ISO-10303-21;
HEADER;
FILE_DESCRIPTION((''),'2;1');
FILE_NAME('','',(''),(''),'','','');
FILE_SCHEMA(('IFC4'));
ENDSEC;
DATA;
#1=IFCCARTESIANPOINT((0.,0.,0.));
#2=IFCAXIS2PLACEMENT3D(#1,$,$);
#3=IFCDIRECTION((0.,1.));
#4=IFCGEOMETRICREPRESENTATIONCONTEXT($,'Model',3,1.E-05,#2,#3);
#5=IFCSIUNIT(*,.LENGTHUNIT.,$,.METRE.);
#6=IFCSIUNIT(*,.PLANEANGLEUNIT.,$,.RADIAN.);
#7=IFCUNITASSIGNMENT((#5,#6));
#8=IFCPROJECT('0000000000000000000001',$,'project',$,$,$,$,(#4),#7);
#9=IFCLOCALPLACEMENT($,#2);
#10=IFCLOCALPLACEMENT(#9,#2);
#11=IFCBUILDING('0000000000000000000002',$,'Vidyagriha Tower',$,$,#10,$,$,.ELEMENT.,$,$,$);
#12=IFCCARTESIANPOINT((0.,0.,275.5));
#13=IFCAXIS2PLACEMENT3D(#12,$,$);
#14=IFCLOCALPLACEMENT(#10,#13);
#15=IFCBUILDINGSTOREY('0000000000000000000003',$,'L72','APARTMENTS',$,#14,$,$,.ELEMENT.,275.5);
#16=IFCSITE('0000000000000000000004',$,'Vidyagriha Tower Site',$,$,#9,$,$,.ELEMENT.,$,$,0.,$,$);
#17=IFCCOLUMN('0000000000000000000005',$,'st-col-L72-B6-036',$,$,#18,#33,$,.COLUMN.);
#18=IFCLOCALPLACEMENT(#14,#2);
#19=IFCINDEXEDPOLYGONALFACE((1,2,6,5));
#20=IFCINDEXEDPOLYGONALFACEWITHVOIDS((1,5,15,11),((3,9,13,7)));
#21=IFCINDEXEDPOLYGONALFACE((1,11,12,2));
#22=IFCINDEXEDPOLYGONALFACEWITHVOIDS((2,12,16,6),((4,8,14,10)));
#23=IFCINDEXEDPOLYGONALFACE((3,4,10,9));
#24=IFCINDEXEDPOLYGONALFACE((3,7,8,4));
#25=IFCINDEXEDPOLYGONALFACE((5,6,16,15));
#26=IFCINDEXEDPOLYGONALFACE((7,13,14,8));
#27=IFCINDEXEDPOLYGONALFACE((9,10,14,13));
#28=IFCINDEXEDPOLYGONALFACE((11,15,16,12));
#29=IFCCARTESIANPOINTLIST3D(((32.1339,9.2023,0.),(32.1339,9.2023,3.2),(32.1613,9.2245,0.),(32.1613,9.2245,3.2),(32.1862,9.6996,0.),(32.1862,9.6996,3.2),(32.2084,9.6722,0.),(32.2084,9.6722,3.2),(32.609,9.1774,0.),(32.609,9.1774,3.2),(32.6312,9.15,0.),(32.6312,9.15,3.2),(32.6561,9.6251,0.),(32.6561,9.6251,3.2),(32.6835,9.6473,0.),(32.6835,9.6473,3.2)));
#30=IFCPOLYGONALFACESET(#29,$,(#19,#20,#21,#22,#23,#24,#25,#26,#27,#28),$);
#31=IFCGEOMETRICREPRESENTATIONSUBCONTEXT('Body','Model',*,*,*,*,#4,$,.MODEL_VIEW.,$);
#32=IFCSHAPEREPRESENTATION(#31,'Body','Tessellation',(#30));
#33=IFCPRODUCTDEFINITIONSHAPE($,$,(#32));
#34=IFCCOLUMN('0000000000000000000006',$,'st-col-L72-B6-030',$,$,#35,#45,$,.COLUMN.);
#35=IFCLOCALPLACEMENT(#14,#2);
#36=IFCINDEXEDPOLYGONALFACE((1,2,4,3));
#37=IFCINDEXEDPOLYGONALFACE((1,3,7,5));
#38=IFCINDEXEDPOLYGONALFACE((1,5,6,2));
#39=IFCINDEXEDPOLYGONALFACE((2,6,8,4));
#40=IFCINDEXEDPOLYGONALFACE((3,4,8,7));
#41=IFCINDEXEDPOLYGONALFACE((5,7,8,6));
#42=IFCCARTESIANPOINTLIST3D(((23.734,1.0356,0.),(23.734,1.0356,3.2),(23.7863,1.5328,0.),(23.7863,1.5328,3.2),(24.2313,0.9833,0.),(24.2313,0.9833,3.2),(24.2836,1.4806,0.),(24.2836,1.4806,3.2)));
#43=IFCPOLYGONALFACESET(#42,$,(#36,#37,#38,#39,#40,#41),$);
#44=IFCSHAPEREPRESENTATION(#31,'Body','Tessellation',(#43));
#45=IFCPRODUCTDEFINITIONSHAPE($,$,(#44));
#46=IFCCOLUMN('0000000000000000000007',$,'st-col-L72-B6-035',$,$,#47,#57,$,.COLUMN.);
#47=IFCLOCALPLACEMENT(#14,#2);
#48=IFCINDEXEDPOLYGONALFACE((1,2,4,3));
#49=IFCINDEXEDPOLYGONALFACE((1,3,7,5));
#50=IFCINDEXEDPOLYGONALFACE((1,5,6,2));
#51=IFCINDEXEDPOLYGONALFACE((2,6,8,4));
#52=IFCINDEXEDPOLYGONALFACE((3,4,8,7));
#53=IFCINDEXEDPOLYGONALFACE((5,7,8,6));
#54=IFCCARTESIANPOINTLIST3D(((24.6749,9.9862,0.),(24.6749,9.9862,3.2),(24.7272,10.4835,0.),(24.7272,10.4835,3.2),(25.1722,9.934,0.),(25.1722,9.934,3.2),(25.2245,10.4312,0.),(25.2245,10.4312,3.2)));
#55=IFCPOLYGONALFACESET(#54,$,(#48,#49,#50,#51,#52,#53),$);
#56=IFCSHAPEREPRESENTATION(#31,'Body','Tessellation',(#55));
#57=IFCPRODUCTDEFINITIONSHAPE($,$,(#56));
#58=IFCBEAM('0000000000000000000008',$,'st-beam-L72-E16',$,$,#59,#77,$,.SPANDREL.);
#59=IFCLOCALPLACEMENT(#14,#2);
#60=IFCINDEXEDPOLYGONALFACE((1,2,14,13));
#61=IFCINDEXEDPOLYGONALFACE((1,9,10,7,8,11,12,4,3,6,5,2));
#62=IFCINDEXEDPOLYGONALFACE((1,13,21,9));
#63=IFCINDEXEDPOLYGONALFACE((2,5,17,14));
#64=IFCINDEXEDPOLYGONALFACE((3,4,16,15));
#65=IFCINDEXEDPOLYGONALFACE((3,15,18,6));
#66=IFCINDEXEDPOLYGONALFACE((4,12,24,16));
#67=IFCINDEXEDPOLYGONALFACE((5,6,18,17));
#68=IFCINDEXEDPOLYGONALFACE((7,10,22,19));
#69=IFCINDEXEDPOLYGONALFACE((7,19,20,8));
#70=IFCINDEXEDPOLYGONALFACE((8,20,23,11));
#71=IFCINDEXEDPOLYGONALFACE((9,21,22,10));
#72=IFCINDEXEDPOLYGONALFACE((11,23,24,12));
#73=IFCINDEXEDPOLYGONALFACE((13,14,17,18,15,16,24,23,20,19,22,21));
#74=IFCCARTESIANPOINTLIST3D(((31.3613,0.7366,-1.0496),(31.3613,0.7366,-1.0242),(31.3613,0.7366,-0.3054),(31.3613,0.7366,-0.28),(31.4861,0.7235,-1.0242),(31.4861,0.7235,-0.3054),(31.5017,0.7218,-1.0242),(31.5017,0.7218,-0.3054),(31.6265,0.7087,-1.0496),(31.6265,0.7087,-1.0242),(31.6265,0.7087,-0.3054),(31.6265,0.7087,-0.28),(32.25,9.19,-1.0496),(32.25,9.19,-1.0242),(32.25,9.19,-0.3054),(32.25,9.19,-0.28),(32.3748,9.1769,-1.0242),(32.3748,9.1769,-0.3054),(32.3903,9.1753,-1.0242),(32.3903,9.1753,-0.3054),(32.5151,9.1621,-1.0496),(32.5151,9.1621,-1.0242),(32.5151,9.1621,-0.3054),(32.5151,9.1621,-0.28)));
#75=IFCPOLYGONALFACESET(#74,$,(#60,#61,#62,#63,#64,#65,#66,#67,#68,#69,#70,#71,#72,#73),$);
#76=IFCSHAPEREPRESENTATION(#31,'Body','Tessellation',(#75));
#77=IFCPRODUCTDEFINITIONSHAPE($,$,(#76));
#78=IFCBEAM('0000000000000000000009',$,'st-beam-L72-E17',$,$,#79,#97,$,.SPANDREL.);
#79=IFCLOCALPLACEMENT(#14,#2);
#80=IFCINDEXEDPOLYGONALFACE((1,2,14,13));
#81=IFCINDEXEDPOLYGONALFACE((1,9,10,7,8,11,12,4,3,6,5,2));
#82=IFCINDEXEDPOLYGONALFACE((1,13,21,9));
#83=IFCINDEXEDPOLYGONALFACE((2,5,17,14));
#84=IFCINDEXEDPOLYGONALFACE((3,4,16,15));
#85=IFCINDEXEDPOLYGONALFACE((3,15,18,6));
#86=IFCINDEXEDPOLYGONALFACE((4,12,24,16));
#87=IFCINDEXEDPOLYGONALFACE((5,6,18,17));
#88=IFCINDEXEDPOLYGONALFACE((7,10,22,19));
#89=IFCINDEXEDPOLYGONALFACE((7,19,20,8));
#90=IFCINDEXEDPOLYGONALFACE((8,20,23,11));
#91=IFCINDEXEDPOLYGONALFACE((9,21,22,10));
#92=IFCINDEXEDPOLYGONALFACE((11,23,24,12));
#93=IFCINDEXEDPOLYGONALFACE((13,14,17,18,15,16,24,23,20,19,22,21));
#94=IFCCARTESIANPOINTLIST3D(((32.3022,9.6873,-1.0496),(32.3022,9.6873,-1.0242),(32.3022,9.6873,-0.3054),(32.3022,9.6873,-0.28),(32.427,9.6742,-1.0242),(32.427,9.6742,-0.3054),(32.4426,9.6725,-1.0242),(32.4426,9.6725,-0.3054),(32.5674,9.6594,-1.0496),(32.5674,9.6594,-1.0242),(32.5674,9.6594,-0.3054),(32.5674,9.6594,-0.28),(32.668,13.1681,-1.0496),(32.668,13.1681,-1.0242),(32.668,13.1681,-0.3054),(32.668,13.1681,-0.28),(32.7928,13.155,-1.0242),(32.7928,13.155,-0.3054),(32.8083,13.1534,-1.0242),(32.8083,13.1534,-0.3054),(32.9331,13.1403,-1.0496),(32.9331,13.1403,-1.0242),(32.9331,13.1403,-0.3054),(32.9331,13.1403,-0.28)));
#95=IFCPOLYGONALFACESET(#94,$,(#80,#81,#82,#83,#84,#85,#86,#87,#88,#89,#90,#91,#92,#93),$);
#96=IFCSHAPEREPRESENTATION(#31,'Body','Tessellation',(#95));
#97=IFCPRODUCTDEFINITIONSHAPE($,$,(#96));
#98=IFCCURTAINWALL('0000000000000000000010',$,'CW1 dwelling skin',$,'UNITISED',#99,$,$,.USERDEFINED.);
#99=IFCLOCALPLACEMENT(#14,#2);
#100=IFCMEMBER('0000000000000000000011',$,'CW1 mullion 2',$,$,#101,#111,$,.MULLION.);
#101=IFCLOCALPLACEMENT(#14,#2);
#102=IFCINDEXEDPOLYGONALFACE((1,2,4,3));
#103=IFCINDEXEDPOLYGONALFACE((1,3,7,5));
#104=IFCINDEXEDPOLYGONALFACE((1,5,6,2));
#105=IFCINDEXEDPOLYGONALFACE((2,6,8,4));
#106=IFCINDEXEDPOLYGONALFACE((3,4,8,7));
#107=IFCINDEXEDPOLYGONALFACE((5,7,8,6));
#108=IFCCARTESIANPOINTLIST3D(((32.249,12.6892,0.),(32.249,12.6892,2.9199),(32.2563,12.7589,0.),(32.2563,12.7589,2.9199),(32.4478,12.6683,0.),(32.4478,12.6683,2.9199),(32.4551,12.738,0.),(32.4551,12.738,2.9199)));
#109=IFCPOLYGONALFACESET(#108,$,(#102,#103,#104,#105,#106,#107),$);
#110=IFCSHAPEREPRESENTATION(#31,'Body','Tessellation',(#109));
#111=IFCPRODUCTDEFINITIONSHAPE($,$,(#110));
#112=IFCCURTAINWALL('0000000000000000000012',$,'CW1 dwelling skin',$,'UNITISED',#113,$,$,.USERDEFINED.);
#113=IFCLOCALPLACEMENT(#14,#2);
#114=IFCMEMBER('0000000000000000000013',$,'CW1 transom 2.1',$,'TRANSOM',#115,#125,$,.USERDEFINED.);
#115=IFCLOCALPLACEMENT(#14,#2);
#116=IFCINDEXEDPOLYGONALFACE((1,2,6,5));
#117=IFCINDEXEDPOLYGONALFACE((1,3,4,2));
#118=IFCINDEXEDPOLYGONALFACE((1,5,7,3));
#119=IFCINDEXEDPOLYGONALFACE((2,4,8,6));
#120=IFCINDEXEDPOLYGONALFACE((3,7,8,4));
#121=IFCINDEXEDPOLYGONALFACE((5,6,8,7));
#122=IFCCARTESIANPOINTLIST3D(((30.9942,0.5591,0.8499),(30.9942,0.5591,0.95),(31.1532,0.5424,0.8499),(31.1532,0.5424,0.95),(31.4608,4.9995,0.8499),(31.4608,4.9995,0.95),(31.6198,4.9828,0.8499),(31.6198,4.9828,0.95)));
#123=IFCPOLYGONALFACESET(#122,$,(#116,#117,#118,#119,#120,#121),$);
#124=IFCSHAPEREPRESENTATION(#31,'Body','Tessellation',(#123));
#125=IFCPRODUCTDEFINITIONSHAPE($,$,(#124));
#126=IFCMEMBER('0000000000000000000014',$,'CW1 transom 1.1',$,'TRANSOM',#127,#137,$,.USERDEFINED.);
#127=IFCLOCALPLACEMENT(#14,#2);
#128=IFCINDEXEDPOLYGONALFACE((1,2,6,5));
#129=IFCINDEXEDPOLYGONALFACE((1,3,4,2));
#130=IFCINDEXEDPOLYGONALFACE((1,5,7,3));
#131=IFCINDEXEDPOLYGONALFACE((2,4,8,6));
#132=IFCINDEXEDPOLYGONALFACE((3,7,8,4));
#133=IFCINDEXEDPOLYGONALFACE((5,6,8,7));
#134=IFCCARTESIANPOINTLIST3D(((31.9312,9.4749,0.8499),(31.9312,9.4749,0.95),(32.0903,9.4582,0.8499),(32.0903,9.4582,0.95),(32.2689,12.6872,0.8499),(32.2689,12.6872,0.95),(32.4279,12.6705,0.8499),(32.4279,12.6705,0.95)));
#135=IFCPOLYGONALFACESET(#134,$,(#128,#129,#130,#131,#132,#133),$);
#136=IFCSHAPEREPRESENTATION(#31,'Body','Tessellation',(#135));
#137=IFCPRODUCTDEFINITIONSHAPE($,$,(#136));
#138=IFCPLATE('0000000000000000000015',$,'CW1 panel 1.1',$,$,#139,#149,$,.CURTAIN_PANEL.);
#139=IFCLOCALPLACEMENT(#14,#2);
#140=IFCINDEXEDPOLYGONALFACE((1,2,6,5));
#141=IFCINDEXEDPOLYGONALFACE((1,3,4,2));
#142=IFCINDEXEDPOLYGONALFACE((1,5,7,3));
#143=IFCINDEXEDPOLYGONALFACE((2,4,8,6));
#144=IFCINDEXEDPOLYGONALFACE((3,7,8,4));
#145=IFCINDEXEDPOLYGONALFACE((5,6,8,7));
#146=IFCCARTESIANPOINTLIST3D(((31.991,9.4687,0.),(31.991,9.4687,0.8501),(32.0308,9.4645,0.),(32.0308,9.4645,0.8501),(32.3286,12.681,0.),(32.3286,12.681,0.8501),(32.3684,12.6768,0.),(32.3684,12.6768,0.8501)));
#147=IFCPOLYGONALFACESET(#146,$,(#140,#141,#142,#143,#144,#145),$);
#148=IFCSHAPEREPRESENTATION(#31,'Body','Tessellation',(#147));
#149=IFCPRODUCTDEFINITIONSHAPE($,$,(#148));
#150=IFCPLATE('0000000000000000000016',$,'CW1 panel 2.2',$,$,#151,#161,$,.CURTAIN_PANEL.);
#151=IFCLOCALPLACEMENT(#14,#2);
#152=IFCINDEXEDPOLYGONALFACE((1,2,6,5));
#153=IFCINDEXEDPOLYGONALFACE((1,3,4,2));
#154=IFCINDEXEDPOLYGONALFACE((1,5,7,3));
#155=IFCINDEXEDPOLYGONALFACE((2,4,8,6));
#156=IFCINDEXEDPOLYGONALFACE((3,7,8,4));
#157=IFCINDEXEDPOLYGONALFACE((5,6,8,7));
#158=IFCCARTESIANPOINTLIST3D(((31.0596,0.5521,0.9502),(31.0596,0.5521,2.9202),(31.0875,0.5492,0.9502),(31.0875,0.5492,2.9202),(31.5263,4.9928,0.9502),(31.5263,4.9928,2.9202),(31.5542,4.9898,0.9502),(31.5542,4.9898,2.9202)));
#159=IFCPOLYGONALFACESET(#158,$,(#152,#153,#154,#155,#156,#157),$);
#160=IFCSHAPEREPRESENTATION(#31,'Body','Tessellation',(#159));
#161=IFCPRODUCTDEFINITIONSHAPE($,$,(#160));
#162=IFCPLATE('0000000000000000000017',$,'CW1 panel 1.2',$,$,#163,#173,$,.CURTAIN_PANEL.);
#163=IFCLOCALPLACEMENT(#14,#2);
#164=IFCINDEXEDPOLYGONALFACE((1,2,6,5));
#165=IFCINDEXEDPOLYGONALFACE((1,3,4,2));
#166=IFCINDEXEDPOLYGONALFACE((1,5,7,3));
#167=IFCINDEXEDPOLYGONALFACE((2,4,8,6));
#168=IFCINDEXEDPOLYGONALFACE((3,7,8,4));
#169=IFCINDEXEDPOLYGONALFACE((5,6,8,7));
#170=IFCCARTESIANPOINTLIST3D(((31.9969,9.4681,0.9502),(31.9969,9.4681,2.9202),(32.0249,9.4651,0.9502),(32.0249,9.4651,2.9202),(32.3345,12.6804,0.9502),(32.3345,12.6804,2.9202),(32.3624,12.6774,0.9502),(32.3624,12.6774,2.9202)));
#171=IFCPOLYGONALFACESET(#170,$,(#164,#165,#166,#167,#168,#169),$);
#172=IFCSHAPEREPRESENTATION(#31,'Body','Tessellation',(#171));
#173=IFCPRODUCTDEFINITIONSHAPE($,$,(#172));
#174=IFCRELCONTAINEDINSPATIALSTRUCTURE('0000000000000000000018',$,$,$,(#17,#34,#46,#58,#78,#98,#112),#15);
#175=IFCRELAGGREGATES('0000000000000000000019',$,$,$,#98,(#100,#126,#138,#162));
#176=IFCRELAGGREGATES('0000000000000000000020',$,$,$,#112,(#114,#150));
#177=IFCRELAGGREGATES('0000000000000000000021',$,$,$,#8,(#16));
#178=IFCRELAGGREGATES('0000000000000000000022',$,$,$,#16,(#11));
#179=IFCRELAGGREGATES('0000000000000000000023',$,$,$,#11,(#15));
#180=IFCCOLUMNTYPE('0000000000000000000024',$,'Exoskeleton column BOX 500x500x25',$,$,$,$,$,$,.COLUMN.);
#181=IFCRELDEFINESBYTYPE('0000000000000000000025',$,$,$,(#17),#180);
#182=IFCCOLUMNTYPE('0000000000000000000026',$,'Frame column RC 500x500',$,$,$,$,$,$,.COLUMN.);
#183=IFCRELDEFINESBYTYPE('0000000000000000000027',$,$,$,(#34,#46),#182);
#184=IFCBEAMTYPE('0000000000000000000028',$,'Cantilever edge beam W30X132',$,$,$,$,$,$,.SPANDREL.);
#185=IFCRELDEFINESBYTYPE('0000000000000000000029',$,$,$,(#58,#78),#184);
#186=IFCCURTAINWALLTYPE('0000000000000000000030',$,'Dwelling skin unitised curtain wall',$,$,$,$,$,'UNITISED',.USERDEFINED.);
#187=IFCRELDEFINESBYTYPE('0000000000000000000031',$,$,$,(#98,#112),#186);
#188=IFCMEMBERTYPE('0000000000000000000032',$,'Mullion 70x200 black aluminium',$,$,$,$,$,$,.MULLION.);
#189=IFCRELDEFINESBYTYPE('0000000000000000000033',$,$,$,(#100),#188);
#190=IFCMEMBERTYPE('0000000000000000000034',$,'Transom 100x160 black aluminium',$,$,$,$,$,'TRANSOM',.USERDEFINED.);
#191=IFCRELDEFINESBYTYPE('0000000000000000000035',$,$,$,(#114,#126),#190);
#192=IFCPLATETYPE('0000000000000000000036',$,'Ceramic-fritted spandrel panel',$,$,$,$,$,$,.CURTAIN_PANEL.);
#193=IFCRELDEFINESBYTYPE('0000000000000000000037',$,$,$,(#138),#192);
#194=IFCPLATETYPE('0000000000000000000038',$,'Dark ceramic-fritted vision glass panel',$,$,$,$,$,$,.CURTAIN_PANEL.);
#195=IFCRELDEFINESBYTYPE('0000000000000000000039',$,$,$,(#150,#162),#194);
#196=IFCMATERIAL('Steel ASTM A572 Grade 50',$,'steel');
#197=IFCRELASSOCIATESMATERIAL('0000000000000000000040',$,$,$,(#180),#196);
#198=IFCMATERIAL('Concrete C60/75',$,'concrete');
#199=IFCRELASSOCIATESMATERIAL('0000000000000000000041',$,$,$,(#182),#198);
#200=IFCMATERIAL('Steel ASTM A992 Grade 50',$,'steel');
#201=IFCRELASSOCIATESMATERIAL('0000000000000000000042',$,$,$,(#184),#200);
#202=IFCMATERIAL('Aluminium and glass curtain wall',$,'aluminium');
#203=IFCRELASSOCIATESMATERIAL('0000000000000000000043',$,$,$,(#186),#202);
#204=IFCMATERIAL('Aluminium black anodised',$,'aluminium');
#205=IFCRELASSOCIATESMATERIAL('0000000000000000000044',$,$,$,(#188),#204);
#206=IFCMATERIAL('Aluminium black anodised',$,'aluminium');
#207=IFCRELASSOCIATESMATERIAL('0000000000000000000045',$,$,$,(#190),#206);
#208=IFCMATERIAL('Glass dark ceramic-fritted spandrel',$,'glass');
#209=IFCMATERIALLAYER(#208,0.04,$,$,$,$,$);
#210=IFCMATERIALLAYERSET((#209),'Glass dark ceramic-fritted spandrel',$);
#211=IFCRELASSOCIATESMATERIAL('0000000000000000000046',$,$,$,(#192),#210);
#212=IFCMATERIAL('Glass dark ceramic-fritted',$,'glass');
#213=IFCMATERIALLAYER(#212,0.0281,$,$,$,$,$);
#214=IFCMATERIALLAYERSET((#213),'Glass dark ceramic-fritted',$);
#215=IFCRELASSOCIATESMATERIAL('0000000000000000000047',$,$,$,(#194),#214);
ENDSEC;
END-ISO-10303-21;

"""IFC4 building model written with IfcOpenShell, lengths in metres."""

from ifc_helpers import new_model, si_unit, direction, frame, origin, origin_2d, place, context, subcontext, project, spatial, rectangle, hollow_rectangle, i_section, extrude, material, layer, layer_set, material_profile, profile_set, type_object, element, aggregate, save


model = new_model("IFC4")

# Units and contexts
model_context = context("Model", 3, precision=1e-05, world=origin(), true_north=direction((0.0, 1.0)))
body_context = subcontext(model_context, "Body", "Model", "MODEL_VIEW")
ifc_project = project(units=[si_unit("LENGTHUNIT", "METRE"), si_unit("PLANEANGLEUNIT", "RADIAN")], contexts=[model_context])

# Site, building, storey
site_placement = place(None, origin())
site = spatial("IfcSite", under=ifc_project, at=site_placement, Name="Vidyagriha Tower Site", CompositionType="ELEMENT", RefElevation=0.0)
building_placement = place(site_placement, origin())
building = spatial("IfcBuilding", under=site, at=building_placement, Name="Vidyagriha Tower", CompositionType="ELEMENT")
storey_placement = place(building_placement, frame((0.0, 0.0, 275.5)))
storey = spatial("IfcBuildingStorey", under=building, at=storey_placement, Name="L72", Description="APARTMENTS", CompositionType="ELEMENT", Elevation=275.5)

# Columns
ifc_material_1 = material(Name="Steel ASTM A572 Grade 50", Category="steel")
ifc_material_profile_1 = material_profile(ifc_material_1, hollow_rectangle(XDim=0.5, YDim=0.5, WallThickness=0.0249, at=origin_2d()), Name="BOX 500x500x25")
ifc_profile_set_1 = profile_set([ifc_material_profile_1], Name="Steel ASTM A572 Grade 50")
column_type_1 = type_object("IfcColumnType", Name="Exoskeleton column BOX 500x500x25", PredefinedType="COLUMN", material=ifc_profile_set_1)
column_placement = place(storey_placement, frame((32.4087, 9.4248, 0.0), z_axis=(0.0, 0.0, 1.0), x_axis=(0.994522, -0.104528, 0.0)))
element("IfcColumn", 1, at=column_placement, inside=storey, type_object=column_type_1, Name="st-col-L72-B6-036", PredefinedType="COLUMN", context=body_context, shape_type="SweptSolid", body=[
    extrude(hollow_rectangle(XDim=0.5, YDim=0.5, WallThickness=0.0249, at=origin_2d()), origin(), (0.0, 0.0, 1.0), 3.2),
])
ifc_material_2 = material(Name="Concrete C60/75", Category="concrete")
ifc_material_profile_2 = material_profile(ifc_material_2, rectangle(XDim=0.5, YDim=0.5, at=origin_2d()), Name="RC 500x500")
ifc_profile_set_2 = profile_set([ifc_material_profile_2], Name="Concrete C60/75")
column_type_2 = type_object("IfcColumnType", Name="Frame column RC 500x500", PredefinedType="COLUMN", material=ifc_profile_set_2)
for number, where, z_axis, x_axis, name in (
    (2, (24.0088, 1.2581, 0.0), (0.0, 0.0, 1.0), (0.994522, -0.104528, 0.0), "st-col-L72-B6-030"),
    (3, (24.9497, 10.2087, 0.0), (0.0, 0.0, 1.0), (0.994522, -0.104528, 0.0), "st-col-L72-B6-035"),
):
    element("IfcColumn", number, at=place(storey_placement, frame(where, z_axis=z_axis, x_axis=x_axis)), inside=storey, type_object=column_type_2, Name=name, PredefinedType="COLUMN", context=body_context, shape_type="SweptSolid", body=[
        extrude(rectangle(XDim=0.5, YDim=0.5, at=origin_2d()), origin(), (0.0, 0.0, 1.0), 3.2),
    ])

# Beams
ifc_material_3 = material(Name="Steel ASTM A992 Grade 50", Category="steel")
ifc_material_profile_3 = material_profile(ifc_material_3, i_section(OverallWidth=0.2666, OverallDepth=0.7695, WebThickness=0.0156, FlangeThickness=0.0254, at=origin_2d()), Name="W30X132")
ifc_profile_set_3 = profile_set([ifc_material_profile_3], Name="Steel ASTM A992 Grade 50")
beam_type = type_object("IfcBeamType", Name="Cantilever edge beam W30X132", PredefinedType="SPANDREL", material=ifc_profile_set_3)
beam_1_placement = place(storey_placement, frame((31.4939, 0.7227, -0.6648), z_axis=(0.10455, 0.99452, 0.0), x_axis=(-0.99452, 0.10455, 0.0)))
element("IfcBeam", 4, at=beam_1_placement, inside=storey, type_object=beam_type, Name="st-beam-L72-E16", PredefinedType="SPANDREL", context=body_context, shape_type="SweptSolid", body=[
    extrude(i_section(OverallWidth=0.2666, OverallDepth=0.7695, WebThickness=0.0156, FlangeThickness=0.0254, at=origin_2d()), origin(), (0.0, 0.0, 1.0), 8.5),
])
beam_2_placement = place(storey_placement, frame((32.4348, 9.6733, -0.6648), z_axis=(0.104489, 0.994526, 0.0), x_axis=(-0.994526, 0.104489, 0.0)))
element("IfcBeam", 5, at=beam_2_placement, inside=storey, type_object=beam_type, Name="st-beam-L72-E17", PredefinedType="SPANDREL", context=body_context, shape_type="SweptSolid", body=[
    extrude(i_section(OverallWidth=0.2666, OverallDepth=0.7695, WebThickness=0.0156, FlangeThickness=0.0254, at=origin_2d()), origin(), (0.0, 0.0, 1.0), 3.5),
])

# Curtain walls, members
ifc_material_4 = material(Name="Aluminium and glass curtain wall", Category="aluminium")
curtain_wall_type = type_object("IfcCurtainWallType", Name="Dwelling skin unitised curtain wall", ElementType="UNITISED", PredefinedType="USERDEFINED", material=ifc_material_4)
curtain_wall_1_placement = place(storey_placement, origin())
curtain_wall_1 = element("IfcCurtainWall", 6, at=curtain_wall_1_placement, inside=storey, type_object=curtain_wall_type, Name="CW1 dwelling skin", ObjectType="UNITISED", PredefinedType="USERDEFINED")
ifc_material_5 = material(Name="Aluminium black anodised", Category="aluminium")
ifc_material_profile_4 = material_profile(ifc_material_5, rectangle(XDim=0.2, YDim=0.0701, at=origin_2d()), Name="Mullion 70x200 black aluminium")
ifc_profile_set_4 = profile_set([ifc_material_profile_4], Name="Aluminium black anodised")
member_type_1 = type_object("IfcMemberType", Name="Mullion 70x200 black aluminium", PredefinedType="MULLION", material=ifc_profile_set_4)
member_1_placement = place(storey_placement, frame((32.3521, 12.7136, 0.0), z_axis=(0.0, 0.0, 1.0), x_axis=(-0.994523, 0.104516, 0.0)))
member_1 = element("IfcMember", 7, at=member_1_placement, type_object=member_type_1, Name="CW1 mullion 2", PredefinedType="MULLION", context=body_context, shape_type="SweptSolid", body=[
    extrude(rectangle(XDim=0.2, YDim=0.0701, at=origin_2d()), origin(), (0.0, 0.0, 1.0), 2.9199),
])
curtain_wall_2_placement = place(storey_placement, origin())
curtain_wall_2 = element("IfcCurtainWall", 8, at=curtain_wall_2_placement, inside=storey, type_object=curtain_wall_type, Name="CW1 dwelling skin", ObjectType="UNITISED", PredefinedType="USERDEFINED")
ifc_material_6 = material(Name="Aluminium black anodised", Category="aluminium")
ifc_material_profile_5 = material_profile(ifc_material_6, rectangle(XDim=0.1599, YDim=0.1001, at=origin_2d()), Name="Transom 100x160 black aluminium")
ifc_profile_set_5 = profile_set([ifc_material_profile_5], Name="Aluminium black anodised")
member_type_2 = type_object("IfcMemberType", Name="Transom 100x160 black aluminium", ElementType="TRANSOM", PredefinedType="USERDEFINED", material=ifc_profile_set_5)
member_2_placement = place(storey_placement, frame((31.0737, 0.5508, 0.8999), z_axis=(0.104494, 0.994526, 0.0), x_axis=(-0.994526, 0.104494, 0.0)))
member_2 = element("IfcMember", 9, at=member_2_placement, type_object=member_type_2, Name="CW1 transom 2.1", ObjectType="TRANSOM", PredefinedType="USERDEFINED", context=body_context, shape_type="SweptSolid", body=[
    extrude(rectangle(XDim=0.1599, YDim=0.1001, at=origin_2d()), origin(), (0.0, 0.0, 1.0), 4.4648),
])

# Member
member_3_placement = place(storey_placement, frame((32.0107, 9.4666, 0.8999), z_axis=(0.104531, 0.994522, 0.0), x_axis=(-0.994522, 0.104531, 0.0)))
member_3 = element("IfcMember", 10, at=member_3_placement, type_object=member_type_2, Name="CW1 transom 1.1", ObjectType="TRANSOM", PredefinedType="USERDEFINED", context=body_context, shape_type="SweptSolid", body=[
    extrude(rectangle(XDim=0.1599, YDim=0.1001, at=origin_2d()), origin(), (0.0, 0.0, 1.0), 3.23),
])

# Plates
ifc_material_7 = material(Name="Glass dark ceramic-fritted spandrel", Category="glass")
ifc_layer_1 = layer(ifc_material_7, 0.04)
ifc_layer_set_1 = layer_set([ifc_layer_1], Name="Glass dark ceramic-fritted spandrel")
plate_type_1 = type_object("IfcPlateType", Name="Ceramic-fritted spandrel panel", PredefinedType="CURTAIN_PANEL", material=ifc_layer_set_1)
plate_1_placement = place(storey_placement, frame((32.1797, 11.0728, 0.0), z_axis=(0.0, 0.0, 1.0), x_axis=(0.104516, 0.994523, 0.0)))
plate_1 = element("IfcPlate", 11, at=plate_1_placement, type_object=plate_type_1, Name="CW1 panel 1.1", PredefinedType="CURTAIN_PANEL", context=body_context, shape_type="SweptSolid", body=[
    extrude(rectangle(XDim=3.23, YDim=0.04, at=origin_2d()), origin(), (0.0, 0.0, 1.0), 0.8501),
])
ifc_material_8 = material(Name="Glass dark ceramic-fritted", Category="glass")
ifc_layer_2 = layer(ifc_material_8, 0.0281)
ifc_layer_set_2 = layer_set([ifc_layer_2], Name="Glass dark ceramic-fritted")
plate_type_2 = type_object("IfcPlateType", Name="Dark ceramic-fritted vision glass panel", PredefinedType="CURTAIN_PANEL", material=ifc_layer_set_2)
plate_2_placement = place(storey_placement, frame((31.3069, 2.771, 0.9502), z_axis=(0.0, 0.0, 1.0), x_axis=(0.10453, 0.994522, 0.0)))
plate_2 = element("IfcPlate", 12, at=plate_2_placement, type_object=plate_type_2, Name="CW1 panel 2.2", PredefinedType="CURTAIN_PANEL", context=body_context, shape_type="SweptSolid", body=[
    extrude(rectangle(XDim=4.4651, YDim=0.0281, at=origin_2d()), origin(), (0.0, 0.0, 1.0), 1.97),
])
plate_3_placement = place(storey_placement, frame((32.1797, 11.0728, 0.9502), z_axis=(0.0, 0.0, 1.0), x_axis=(0.104516, 0.994523, 0.0)))
plate_3 = element("IfcPlate", 13, at=plate_3_placement, type_object=plate_type_2, Name="CW1 panel 1.2", PredefinedType="CURTAIN_PANEL", context=body_context, shape_type="SweptSolid", body=[
    extrude(rectangle(XDim=3.23, YDim=0.0281, at=origin_2d()), origin(), (0.0, 0.0, 1.0), 1.97),
])
aggregate(curtain_wall_1, [member_1, member_3, plate_1, plate_3])
aggregate(curtain_wall_2, [member_2, plate_2])

save(model, "model.ifc")
